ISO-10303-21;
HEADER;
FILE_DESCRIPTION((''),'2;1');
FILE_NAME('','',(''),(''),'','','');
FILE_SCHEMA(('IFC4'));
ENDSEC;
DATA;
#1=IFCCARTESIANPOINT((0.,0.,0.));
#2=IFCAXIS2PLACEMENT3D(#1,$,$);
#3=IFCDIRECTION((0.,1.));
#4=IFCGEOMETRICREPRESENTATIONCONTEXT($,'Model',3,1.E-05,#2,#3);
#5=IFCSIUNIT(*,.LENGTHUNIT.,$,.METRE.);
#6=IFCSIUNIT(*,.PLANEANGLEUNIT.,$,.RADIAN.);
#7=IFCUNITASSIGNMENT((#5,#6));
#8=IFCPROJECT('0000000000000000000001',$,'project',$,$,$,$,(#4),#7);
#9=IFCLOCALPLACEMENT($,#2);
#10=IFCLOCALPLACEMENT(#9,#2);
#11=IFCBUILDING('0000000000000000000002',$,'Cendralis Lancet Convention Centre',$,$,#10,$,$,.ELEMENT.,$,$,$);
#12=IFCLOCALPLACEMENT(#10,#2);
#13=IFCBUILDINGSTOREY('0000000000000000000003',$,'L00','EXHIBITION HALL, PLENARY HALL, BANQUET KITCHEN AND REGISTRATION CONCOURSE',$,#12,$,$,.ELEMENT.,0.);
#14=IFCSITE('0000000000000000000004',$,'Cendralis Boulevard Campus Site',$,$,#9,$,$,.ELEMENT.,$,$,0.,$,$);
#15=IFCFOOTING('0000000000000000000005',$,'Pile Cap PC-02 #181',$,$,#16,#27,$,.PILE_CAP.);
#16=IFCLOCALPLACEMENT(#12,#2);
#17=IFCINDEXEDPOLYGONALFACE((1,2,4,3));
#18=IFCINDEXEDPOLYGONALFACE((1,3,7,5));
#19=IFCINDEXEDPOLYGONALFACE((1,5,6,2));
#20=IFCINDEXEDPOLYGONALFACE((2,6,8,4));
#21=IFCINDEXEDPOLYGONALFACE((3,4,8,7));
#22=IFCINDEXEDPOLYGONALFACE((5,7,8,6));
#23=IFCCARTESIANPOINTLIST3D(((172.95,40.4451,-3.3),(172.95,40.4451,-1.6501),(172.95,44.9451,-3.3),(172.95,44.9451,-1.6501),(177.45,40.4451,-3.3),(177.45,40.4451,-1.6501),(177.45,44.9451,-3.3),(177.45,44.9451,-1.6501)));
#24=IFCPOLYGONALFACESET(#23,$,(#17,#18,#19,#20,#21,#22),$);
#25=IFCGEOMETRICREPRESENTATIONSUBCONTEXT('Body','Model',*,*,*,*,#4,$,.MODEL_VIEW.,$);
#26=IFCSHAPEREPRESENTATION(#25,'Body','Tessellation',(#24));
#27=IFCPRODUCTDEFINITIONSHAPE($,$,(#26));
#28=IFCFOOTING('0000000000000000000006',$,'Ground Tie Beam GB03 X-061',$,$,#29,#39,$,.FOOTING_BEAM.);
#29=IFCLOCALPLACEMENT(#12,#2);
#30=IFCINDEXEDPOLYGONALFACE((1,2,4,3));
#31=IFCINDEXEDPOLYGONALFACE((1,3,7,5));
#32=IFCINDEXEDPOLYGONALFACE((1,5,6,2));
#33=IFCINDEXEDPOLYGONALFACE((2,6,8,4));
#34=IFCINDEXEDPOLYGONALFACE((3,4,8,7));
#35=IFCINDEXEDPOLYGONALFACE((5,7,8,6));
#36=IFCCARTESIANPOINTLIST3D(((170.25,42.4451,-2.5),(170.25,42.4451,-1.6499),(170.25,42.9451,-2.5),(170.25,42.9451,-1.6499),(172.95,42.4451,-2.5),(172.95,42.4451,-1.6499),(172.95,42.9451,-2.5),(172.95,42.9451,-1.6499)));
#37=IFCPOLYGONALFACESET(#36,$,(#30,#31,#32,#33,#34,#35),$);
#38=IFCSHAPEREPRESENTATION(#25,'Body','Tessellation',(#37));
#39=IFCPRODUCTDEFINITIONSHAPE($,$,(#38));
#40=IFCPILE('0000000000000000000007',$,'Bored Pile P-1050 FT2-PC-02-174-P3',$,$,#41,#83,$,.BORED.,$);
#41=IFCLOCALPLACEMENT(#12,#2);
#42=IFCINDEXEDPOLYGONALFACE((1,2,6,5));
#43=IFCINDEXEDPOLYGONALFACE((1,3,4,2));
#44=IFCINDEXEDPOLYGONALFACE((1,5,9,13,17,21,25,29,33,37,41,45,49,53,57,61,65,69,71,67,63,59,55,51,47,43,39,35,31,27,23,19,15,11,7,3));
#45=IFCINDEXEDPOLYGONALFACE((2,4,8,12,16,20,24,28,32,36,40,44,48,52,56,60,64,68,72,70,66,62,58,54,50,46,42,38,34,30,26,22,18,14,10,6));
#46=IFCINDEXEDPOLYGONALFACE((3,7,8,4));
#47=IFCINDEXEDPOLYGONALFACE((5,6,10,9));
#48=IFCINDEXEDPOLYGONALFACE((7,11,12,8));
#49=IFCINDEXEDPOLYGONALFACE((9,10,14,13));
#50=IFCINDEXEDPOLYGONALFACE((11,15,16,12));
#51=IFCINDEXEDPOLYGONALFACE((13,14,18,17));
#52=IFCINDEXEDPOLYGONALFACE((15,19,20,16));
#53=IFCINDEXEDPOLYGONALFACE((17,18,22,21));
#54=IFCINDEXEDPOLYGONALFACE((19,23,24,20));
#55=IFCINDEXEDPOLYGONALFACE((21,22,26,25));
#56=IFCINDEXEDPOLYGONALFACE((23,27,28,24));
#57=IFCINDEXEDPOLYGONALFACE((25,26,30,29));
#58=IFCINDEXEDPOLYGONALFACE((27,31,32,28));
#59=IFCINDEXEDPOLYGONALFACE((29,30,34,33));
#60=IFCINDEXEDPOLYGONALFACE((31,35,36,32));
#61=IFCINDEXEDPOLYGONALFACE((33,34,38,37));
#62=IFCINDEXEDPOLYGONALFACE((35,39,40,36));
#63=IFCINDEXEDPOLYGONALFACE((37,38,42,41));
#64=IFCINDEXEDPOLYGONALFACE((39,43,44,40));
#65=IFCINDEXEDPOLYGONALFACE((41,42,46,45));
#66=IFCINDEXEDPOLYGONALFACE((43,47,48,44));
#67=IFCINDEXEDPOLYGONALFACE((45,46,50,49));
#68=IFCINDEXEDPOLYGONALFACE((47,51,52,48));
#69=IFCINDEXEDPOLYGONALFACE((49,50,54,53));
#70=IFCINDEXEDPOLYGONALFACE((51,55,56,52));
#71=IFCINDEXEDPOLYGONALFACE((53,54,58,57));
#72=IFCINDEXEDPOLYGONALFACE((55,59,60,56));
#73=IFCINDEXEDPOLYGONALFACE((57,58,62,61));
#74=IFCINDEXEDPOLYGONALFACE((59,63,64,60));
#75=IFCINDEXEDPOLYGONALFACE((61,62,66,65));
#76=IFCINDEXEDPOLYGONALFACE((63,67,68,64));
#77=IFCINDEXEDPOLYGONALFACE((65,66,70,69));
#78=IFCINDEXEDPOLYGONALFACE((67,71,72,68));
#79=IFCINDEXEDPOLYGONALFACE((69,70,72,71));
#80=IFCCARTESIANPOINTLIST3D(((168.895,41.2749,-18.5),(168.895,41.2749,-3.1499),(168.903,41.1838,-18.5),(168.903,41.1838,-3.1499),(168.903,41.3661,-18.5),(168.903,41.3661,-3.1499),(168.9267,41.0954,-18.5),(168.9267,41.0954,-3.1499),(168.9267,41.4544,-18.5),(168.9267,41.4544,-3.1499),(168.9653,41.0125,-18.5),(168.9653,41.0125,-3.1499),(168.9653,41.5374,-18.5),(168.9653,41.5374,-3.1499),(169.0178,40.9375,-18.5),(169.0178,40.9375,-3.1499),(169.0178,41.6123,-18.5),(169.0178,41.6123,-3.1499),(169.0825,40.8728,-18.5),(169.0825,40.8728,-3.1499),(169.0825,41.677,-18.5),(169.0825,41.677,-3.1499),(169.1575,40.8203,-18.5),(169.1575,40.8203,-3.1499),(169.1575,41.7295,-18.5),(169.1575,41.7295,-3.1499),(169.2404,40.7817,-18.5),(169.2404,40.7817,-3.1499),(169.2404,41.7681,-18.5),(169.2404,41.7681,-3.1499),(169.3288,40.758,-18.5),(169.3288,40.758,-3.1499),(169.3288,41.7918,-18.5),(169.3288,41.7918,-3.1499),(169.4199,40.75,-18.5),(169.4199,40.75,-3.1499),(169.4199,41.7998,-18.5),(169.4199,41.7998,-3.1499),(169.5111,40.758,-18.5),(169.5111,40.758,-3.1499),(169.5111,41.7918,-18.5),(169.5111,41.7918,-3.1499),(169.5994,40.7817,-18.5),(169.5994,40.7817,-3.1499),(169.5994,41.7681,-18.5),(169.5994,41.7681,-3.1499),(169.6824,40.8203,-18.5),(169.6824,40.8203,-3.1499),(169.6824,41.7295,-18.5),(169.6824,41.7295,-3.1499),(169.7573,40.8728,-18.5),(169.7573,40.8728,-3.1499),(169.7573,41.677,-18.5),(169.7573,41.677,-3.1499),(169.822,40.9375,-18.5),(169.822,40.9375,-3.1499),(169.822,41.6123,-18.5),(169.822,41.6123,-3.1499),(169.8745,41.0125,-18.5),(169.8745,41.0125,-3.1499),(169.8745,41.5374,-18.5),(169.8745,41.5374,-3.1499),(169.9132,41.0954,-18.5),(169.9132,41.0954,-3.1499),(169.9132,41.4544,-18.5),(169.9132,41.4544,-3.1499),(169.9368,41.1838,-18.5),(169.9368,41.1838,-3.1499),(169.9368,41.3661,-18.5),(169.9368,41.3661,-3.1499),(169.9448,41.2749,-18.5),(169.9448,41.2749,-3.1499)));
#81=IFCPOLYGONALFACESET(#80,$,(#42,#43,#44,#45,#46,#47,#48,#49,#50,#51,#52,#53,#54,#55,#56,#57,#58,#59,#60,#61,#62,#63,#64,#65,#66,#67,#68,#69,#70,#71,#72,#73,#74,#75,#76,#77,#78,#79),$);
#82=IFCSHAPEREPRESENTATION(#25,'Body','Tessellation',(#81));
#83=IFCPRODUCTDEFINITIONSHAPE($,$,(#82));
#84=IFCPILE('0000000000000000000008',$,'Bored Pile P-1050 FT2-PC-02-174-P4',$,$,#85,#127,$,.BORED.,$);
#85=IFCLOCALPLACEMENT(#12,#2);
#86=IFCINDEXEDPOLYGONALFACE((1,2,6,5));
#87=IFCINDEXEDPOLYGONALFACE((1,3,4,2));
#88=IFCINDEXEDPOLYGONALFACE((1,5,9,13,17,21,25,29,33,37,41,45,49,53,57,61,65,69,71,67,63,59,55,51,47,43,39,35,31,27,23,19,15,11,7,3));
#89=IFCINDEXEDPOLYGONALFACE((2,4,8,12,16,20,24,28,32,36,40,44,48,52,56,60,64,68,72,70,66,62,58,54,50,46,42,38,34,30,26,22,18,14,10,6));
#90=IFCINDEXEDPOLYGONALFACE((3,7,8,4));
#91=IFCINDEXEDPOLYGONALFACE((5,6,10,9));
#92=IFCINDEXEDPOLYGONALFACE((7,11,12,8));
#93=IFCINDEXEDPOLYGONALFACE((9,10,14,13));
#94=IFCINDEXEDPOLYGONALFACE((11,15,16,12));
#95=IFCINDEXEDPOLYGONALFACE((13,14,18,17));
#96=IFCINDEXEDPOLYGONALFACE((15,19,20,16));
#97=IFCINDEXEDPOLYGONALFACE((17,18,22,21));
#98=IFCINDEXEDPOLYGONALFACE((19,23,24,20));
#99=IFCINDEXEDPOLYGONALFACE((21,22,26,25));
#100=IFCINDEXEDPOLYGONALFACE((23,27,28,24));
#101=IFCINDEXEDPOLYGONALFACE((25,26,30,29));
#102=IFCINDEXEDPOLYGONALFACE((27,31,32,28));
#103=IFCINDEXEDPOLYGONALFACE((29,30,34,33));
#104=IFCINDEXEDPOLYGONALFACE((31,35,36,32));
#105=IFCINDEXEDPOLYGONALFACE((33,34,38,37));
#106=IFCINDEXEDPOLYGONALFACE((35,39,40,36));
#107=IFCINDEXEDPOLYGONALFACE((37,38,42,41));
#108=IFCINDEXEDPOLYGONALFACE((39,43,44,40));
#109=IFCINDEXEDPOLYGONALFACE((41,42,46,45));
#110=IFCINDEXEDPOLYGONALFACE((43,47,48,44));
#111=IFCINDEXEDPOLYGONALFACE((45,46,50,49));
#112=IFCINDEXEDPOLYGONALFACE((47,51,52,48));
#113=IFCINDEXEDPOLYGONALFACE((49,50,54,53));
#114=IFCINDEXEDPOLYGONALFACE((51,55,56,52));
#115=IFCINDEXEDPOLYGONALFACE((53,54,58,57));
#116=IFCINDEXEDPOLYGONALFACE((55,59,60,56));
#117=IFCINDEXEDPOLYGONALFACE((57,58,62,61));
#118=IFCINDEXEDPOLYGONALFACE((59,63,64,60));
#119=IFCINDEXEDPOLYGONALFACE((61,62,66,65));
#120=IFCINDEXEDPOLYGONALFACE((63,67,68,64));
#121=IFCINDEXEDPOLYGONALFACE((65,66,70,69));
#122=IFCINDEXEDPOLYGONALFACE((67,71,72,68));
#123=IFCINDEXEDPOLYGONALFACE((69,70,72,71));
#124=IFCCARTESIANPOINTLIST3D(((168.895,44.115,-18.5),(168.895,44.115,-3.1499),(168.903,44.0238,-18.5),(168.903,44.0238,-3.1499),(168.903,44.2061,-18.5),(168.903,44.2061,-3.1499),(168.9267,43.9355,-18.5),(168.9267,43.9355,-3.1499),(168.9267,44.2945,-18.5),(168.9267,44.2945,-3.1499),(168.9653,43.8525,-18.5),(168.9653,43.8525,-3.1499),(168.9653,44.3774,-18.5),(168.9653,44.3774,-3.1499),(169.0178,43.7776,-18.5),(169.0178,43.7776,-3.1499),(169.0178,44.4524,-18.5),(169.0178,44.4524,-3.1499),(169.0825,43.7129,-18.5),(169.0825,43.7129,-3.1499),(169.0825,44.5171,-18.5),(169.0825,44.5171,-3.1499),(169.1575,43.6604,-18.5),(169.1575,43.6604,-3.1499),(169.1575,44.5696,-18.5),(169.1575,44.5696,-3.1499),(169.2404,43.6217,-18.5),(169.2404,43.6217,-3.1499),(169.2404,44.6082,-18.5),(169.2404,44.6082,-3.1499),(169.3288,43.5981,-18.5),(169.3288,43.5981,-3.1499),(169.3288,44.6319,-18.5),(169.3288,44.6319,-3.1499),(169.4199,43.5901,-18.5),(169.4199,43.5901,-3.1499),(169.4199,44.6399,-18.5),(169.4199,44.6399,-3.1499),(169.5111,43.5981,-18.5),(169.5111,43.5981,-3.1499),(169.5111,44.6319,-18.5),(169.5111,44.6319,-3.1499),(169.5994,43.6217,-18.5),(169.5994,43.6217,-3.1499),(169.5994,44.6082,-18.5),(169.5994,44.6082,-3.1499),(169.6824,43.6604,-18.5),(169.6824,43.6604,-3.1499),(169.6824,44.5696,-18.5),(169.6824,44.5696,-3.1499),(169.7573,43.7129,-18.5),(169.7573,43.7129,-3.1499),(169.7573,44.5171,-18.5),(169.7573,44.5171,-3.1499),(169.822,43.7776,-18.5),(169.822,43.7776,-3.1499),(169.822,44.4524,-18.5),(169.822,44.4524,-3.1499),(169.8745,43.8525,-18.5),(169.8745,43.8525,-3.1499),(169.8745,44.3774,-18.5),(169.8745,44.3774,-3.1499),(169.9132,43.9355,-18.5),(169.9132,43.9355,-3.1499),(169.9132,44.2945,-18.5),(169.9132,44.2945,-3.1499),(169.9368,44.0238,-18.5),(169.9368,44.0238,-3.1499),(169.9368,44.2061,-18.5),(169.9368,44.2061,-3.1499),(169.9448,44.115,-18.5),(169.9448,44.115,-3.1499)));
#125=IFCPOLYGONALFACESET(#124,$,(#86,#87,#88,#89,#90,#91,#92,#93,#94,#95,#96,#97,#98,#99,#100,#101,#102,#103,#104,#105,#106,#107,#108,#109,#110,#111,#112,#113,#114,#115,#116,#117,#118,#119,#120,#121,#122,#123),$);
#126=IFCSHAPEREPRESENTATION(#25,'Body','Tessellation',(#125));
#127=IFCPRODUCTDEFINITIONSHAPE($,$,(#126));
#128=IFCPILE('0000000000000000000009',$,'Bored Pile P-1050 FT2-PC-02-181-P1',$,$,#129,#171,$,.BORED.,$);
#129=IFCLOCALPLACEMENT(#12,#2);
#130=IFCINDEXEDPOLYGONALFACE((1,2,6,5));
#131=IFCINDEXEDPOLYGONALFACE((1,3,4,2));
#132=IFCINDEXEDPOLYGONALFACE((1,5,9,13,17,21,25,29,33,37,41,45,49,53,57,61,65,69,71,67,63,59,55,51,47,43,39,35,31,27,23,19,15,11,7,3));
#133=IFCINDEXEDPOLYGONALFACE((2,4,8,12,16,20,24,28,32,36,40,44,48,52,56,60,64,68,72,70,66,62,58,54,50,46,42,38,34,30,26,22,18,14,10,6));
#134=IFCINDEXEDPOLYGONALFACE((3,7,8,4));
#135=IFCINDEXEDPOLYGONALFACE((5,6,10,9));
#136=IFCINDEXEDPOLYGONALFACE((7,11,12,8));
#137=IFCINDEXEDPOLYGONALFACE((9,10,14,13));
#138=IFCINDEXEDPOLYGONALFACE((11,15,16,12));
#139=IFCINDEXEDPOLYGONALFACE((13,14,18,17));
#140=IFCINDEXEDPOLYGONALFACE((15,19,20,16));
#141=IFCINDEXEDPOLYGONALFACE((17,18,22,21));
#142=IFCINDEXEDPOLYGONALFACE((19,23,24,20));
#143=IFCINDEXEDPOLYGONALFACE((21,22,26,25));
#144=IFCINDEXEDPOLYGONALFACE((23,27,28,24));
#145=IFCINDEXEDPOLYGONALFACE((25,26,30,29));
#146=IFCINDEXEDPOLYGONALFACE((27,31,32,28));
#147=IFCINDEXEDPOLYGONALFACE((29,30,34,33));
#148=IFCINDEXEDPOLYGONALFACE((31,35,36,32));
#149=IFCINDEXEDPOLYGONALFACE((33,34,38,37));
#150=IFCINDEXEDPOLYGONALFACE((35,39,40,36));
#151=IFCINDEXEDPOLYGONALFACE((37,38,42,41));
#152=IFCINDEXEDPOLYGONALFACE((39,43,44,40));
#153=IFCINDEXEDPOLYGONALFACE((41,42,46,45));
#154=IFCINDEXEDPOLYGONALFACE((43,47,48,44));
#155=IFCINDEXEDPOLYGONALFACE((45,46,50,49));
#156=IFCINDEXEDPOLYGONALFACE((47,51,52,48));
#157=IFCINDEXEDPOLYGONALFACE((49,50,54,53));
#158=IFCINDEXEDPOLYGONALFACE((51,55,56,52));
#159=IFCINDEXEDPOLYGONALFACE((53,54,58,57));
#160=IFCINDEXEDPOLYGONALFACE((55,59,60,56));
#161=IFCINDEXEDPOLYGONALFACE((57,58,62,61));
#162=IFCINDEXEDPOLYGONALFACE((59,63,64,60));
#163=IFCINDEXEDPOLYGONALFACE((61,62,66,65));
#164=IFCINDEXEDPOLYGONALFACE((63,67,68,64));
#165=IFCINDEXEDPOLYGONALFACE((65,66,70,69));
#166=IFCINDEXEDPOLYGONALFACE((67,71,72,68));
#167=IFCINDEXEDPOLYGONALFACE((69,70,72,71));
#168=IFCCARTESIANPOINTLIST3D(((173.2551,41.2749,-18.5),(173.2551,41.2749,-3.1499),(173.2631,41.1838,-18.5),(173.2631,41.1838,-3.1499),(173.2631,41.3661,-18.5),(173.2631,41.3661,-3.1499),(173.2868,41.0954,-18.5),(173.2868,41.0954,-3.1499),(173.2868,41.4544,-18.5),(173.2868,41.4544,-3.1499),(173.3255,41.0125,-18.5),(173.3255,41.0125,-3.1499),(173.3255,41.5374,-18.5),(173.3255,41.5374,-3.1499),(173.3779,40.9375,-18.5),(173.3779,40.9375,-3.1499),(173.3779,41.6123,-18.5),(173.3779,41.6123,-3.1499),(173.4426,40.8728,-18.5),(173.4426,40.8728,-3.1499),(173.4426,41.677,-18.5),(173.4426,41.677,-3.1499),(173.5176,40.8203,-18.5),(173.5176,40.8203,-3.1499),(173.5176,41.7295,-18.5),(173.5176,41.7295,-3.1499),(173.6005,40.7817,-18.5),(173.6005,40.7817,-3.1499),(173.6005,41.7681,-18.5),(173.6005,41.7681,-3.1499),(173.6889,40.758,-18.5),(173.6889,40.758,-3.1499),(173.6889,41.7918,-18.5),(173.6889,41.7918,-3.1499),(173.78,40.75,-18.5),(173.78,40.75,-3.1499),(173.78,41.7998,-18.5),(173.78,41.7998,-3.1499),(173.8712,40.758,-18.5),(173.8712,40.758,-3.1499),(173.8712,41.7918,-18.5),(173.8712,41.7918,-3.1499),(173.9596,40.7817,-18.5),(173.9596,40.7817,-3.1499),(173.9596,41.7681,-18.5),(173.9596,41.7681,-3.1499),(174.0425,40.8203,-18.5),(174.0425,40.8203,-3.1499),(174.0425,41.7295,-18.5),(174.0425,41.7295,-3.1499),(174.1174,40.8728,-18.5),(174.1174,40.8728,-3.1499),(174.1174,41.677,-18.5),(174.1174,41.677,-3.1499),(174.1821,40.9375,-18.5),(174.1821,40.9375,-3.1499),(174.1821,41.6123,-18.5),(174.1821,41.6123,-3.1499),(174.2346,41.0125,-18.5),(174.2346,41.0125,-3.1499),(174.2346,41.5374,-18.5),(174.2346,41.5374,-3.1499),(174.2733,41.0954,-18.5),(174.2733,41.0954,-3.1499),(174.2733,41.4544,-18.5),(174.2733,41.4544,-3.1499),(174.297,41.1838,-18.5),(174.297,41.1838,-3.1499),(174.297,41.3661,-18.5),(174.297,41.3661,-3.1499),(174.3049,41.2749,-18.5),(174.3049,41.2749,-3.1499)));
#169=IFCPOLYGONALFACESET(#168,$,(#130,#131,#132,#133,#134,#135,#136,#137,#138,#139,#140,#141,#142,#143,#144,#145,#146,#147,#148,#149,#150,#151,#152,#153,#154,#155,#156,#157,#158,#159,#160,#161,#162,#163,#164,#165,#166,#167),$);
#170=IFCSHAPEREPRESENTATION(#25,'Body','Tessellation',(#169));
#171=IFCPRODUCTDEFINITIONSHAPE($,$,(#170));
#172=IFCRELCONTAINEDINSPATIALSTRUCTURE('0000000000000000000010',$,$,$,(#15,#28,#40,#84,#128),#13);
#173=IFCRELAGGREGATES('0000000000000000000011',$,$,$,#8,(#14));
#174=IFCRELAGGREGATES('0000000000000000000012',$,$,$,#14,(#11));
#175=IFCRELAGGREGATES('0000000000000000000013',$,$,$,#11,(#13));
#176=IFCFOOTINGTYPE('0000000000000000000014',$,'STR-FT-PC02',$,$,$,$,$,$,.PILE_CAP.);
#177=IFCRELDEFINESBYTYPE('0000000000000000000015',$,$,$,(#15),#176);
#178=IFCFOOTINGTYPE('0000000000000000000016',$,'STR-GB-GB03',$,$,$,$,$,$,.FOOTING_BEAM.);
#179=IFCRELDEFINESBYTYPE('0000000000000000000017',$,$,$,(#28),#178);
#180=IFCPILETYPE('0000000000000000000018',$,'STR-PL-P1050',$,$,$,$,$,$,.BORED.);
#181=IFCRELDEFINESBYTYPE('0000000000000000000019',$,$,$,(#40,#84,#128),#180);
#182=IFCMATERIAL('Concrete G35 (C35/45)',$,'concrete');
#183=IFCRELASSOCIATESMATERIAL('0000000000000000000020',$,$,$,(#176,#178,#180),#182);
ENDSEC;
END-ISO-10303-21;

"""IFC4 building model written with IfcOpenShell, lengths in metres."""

from ifc_helpers import new_model, si_unit, direction, frame, origin, origin_2d, place, context, subcontext, project, spatial, rectangle, circle, extrude, material, material_profile, profile_set, type_object, element, save


model = new_model("IFC4")

# Units and contexts
model_context = context("Model", 3, precision=1e-05, world=origin(), true_north=direction((0.0, 1.0)))
body_context = subcontext(model_context, "Body", "Model", "MODEL_VIEW")
ifc_project = project(units=[si_unit("LENGTHUNIT", "METRE"), si_unit("PLANEANGLEUNIT", "RADIAN")], contexts=[model_context])

# Site, building, storey
site_placement = place(None, origin())
site = spatial("IfcSite", under=ifc_project, at=site_placement, Name="Cendralis Boulevard Campus Site", CompositionType="ELEMENT", RefElevation=0.0)
building_placement = place(site_placement, origin())
building = spatial("IfcBuilding", under=site, at=building_placement, Name="Cendralis Lancet Convention Centre", CompositionType="ELEMENT")
storey_placement = place(building_placement, origin())
storey = spatial("IfcBuildingStorey", under=building, at=storey_placement, Name="L00", Description="EXHIBITION HALL, PLENARY HALL, BANQUET KITCHEN AND REGISTRATION CONCOURSE", CompositionType="ELEMENT", Elevation=0.0)

# Footings
ifc_material_1 = material(Name="Concrete G35 (C35/45)", Category="concrete")
footing_type_1 = type_object("IfcFootingType", Name="STR-FT-PC02", PredefinedType="PILE_CAP", material=ifc_material_1)
footing_1_placement = place(storey_placement, frame((175.2, 42.6951, -3.3), z_axis=(0.0, 0.0, 1.0), x_axis=(1.0, 0.0, 0.0)))
element("IfcFooting", 1, at=footing_1_placement, inside=storey, type_object=footing_type_1, Name="Pile Cap PC-02 #181", PredefinedType="PILE_CAP", context=body_context, shape_type="SweptSolid", body=[
    extrude(rectangle(XDim=4.5, YDim=4.5, at=origin_2d()), origin(), (0.0, 0.0, 1.0), 1.6499),
])
ifc_material_profile_1 = material_profile(ifc_material_1, rectangle(XDim=0.5, YDim=0.8501, at=origin_2d()), Name="RCB 500x850")
ifc_profile_set_1 = profile_set([ifc_material_profile_1], Name="Concrete G35 (C35/45)")
footing_type_2 = type_object("IfcFootingType", Name="STR-GB-GB03", PredefinedType="FOOTING_BEAM", material=ifc_profile_set_1)
footing_2_placement = place(storey_placement, frame((170.25, 42.6951, -2.075), z_axis=(1.0, 0.0, 0.0), x_axis=(0.0, 1.0, 0.0)))
element("IfcFooting", 2, at=footing_2_placement, inside=storey, type_object=footing_type_2, Name="Ground Tie Beam GB03 X-061", PredefinedType="FOOTING_BEAM", context=body_context, shape_type="SweptSolid", body=[
    extrude(rectangle(XDim=0.5, YDim=0.8501, at=origin_2d()), origin(), (0.0, 0.0, 1.0), 2.7),
])

# Piles
ifc_material_profile_2 = material_profile(ifc_material_1, circle(Radius=0.5249, at=origin_2d()), Name="BORED PILE D1050")
ifc_profile_set_2 = profile_set([ifc_material_profile_2], Name="Concrete G35 (C35/45)")
pile_type = type_object("IfcPileType", Name="STR-PL-P1050", PredefinedType="BORED", material=ifc_profile_set_2)
for number, where, z_axis, x_axis, name in (
    (3, (169.4199, 41.2749, -3.1499), (0.0, 0.0, -1.0), (1.0, 0.0, 0.0), "Bored Pile P-1050 FT2-PC-02-174-P3"),
    (4, (169.4199, 44.115, -3.1499), (0.0, 0.0, -1.0), (1.0, 0.0, 0.0), "Bored Pile P-1050 FT2-PC-02-174-P4"),
    (5, (173.78, 41.2749, -3.1499), (0.0, 0.0, -1.0), (1.0, 0.0, 0.0), "Bored Pile P-1050 FT2-PC-02-181-P1"),
):
    element("IfcPile", number, at=place(storey_placement, frame(where, z_axis=z_axis, x_axis=x_axis)), inside=storey, type_object=pile_type, Name=name, PredefinedType="BORED", context=body_context, shape_type="SweptSolid", body=[
        extrude(circle(Radius=0.5249, at=origin_2d()), origin(), (0.0, 0.0, 1.0), 15.3501),
    ])

save(model, "model.ifc")
